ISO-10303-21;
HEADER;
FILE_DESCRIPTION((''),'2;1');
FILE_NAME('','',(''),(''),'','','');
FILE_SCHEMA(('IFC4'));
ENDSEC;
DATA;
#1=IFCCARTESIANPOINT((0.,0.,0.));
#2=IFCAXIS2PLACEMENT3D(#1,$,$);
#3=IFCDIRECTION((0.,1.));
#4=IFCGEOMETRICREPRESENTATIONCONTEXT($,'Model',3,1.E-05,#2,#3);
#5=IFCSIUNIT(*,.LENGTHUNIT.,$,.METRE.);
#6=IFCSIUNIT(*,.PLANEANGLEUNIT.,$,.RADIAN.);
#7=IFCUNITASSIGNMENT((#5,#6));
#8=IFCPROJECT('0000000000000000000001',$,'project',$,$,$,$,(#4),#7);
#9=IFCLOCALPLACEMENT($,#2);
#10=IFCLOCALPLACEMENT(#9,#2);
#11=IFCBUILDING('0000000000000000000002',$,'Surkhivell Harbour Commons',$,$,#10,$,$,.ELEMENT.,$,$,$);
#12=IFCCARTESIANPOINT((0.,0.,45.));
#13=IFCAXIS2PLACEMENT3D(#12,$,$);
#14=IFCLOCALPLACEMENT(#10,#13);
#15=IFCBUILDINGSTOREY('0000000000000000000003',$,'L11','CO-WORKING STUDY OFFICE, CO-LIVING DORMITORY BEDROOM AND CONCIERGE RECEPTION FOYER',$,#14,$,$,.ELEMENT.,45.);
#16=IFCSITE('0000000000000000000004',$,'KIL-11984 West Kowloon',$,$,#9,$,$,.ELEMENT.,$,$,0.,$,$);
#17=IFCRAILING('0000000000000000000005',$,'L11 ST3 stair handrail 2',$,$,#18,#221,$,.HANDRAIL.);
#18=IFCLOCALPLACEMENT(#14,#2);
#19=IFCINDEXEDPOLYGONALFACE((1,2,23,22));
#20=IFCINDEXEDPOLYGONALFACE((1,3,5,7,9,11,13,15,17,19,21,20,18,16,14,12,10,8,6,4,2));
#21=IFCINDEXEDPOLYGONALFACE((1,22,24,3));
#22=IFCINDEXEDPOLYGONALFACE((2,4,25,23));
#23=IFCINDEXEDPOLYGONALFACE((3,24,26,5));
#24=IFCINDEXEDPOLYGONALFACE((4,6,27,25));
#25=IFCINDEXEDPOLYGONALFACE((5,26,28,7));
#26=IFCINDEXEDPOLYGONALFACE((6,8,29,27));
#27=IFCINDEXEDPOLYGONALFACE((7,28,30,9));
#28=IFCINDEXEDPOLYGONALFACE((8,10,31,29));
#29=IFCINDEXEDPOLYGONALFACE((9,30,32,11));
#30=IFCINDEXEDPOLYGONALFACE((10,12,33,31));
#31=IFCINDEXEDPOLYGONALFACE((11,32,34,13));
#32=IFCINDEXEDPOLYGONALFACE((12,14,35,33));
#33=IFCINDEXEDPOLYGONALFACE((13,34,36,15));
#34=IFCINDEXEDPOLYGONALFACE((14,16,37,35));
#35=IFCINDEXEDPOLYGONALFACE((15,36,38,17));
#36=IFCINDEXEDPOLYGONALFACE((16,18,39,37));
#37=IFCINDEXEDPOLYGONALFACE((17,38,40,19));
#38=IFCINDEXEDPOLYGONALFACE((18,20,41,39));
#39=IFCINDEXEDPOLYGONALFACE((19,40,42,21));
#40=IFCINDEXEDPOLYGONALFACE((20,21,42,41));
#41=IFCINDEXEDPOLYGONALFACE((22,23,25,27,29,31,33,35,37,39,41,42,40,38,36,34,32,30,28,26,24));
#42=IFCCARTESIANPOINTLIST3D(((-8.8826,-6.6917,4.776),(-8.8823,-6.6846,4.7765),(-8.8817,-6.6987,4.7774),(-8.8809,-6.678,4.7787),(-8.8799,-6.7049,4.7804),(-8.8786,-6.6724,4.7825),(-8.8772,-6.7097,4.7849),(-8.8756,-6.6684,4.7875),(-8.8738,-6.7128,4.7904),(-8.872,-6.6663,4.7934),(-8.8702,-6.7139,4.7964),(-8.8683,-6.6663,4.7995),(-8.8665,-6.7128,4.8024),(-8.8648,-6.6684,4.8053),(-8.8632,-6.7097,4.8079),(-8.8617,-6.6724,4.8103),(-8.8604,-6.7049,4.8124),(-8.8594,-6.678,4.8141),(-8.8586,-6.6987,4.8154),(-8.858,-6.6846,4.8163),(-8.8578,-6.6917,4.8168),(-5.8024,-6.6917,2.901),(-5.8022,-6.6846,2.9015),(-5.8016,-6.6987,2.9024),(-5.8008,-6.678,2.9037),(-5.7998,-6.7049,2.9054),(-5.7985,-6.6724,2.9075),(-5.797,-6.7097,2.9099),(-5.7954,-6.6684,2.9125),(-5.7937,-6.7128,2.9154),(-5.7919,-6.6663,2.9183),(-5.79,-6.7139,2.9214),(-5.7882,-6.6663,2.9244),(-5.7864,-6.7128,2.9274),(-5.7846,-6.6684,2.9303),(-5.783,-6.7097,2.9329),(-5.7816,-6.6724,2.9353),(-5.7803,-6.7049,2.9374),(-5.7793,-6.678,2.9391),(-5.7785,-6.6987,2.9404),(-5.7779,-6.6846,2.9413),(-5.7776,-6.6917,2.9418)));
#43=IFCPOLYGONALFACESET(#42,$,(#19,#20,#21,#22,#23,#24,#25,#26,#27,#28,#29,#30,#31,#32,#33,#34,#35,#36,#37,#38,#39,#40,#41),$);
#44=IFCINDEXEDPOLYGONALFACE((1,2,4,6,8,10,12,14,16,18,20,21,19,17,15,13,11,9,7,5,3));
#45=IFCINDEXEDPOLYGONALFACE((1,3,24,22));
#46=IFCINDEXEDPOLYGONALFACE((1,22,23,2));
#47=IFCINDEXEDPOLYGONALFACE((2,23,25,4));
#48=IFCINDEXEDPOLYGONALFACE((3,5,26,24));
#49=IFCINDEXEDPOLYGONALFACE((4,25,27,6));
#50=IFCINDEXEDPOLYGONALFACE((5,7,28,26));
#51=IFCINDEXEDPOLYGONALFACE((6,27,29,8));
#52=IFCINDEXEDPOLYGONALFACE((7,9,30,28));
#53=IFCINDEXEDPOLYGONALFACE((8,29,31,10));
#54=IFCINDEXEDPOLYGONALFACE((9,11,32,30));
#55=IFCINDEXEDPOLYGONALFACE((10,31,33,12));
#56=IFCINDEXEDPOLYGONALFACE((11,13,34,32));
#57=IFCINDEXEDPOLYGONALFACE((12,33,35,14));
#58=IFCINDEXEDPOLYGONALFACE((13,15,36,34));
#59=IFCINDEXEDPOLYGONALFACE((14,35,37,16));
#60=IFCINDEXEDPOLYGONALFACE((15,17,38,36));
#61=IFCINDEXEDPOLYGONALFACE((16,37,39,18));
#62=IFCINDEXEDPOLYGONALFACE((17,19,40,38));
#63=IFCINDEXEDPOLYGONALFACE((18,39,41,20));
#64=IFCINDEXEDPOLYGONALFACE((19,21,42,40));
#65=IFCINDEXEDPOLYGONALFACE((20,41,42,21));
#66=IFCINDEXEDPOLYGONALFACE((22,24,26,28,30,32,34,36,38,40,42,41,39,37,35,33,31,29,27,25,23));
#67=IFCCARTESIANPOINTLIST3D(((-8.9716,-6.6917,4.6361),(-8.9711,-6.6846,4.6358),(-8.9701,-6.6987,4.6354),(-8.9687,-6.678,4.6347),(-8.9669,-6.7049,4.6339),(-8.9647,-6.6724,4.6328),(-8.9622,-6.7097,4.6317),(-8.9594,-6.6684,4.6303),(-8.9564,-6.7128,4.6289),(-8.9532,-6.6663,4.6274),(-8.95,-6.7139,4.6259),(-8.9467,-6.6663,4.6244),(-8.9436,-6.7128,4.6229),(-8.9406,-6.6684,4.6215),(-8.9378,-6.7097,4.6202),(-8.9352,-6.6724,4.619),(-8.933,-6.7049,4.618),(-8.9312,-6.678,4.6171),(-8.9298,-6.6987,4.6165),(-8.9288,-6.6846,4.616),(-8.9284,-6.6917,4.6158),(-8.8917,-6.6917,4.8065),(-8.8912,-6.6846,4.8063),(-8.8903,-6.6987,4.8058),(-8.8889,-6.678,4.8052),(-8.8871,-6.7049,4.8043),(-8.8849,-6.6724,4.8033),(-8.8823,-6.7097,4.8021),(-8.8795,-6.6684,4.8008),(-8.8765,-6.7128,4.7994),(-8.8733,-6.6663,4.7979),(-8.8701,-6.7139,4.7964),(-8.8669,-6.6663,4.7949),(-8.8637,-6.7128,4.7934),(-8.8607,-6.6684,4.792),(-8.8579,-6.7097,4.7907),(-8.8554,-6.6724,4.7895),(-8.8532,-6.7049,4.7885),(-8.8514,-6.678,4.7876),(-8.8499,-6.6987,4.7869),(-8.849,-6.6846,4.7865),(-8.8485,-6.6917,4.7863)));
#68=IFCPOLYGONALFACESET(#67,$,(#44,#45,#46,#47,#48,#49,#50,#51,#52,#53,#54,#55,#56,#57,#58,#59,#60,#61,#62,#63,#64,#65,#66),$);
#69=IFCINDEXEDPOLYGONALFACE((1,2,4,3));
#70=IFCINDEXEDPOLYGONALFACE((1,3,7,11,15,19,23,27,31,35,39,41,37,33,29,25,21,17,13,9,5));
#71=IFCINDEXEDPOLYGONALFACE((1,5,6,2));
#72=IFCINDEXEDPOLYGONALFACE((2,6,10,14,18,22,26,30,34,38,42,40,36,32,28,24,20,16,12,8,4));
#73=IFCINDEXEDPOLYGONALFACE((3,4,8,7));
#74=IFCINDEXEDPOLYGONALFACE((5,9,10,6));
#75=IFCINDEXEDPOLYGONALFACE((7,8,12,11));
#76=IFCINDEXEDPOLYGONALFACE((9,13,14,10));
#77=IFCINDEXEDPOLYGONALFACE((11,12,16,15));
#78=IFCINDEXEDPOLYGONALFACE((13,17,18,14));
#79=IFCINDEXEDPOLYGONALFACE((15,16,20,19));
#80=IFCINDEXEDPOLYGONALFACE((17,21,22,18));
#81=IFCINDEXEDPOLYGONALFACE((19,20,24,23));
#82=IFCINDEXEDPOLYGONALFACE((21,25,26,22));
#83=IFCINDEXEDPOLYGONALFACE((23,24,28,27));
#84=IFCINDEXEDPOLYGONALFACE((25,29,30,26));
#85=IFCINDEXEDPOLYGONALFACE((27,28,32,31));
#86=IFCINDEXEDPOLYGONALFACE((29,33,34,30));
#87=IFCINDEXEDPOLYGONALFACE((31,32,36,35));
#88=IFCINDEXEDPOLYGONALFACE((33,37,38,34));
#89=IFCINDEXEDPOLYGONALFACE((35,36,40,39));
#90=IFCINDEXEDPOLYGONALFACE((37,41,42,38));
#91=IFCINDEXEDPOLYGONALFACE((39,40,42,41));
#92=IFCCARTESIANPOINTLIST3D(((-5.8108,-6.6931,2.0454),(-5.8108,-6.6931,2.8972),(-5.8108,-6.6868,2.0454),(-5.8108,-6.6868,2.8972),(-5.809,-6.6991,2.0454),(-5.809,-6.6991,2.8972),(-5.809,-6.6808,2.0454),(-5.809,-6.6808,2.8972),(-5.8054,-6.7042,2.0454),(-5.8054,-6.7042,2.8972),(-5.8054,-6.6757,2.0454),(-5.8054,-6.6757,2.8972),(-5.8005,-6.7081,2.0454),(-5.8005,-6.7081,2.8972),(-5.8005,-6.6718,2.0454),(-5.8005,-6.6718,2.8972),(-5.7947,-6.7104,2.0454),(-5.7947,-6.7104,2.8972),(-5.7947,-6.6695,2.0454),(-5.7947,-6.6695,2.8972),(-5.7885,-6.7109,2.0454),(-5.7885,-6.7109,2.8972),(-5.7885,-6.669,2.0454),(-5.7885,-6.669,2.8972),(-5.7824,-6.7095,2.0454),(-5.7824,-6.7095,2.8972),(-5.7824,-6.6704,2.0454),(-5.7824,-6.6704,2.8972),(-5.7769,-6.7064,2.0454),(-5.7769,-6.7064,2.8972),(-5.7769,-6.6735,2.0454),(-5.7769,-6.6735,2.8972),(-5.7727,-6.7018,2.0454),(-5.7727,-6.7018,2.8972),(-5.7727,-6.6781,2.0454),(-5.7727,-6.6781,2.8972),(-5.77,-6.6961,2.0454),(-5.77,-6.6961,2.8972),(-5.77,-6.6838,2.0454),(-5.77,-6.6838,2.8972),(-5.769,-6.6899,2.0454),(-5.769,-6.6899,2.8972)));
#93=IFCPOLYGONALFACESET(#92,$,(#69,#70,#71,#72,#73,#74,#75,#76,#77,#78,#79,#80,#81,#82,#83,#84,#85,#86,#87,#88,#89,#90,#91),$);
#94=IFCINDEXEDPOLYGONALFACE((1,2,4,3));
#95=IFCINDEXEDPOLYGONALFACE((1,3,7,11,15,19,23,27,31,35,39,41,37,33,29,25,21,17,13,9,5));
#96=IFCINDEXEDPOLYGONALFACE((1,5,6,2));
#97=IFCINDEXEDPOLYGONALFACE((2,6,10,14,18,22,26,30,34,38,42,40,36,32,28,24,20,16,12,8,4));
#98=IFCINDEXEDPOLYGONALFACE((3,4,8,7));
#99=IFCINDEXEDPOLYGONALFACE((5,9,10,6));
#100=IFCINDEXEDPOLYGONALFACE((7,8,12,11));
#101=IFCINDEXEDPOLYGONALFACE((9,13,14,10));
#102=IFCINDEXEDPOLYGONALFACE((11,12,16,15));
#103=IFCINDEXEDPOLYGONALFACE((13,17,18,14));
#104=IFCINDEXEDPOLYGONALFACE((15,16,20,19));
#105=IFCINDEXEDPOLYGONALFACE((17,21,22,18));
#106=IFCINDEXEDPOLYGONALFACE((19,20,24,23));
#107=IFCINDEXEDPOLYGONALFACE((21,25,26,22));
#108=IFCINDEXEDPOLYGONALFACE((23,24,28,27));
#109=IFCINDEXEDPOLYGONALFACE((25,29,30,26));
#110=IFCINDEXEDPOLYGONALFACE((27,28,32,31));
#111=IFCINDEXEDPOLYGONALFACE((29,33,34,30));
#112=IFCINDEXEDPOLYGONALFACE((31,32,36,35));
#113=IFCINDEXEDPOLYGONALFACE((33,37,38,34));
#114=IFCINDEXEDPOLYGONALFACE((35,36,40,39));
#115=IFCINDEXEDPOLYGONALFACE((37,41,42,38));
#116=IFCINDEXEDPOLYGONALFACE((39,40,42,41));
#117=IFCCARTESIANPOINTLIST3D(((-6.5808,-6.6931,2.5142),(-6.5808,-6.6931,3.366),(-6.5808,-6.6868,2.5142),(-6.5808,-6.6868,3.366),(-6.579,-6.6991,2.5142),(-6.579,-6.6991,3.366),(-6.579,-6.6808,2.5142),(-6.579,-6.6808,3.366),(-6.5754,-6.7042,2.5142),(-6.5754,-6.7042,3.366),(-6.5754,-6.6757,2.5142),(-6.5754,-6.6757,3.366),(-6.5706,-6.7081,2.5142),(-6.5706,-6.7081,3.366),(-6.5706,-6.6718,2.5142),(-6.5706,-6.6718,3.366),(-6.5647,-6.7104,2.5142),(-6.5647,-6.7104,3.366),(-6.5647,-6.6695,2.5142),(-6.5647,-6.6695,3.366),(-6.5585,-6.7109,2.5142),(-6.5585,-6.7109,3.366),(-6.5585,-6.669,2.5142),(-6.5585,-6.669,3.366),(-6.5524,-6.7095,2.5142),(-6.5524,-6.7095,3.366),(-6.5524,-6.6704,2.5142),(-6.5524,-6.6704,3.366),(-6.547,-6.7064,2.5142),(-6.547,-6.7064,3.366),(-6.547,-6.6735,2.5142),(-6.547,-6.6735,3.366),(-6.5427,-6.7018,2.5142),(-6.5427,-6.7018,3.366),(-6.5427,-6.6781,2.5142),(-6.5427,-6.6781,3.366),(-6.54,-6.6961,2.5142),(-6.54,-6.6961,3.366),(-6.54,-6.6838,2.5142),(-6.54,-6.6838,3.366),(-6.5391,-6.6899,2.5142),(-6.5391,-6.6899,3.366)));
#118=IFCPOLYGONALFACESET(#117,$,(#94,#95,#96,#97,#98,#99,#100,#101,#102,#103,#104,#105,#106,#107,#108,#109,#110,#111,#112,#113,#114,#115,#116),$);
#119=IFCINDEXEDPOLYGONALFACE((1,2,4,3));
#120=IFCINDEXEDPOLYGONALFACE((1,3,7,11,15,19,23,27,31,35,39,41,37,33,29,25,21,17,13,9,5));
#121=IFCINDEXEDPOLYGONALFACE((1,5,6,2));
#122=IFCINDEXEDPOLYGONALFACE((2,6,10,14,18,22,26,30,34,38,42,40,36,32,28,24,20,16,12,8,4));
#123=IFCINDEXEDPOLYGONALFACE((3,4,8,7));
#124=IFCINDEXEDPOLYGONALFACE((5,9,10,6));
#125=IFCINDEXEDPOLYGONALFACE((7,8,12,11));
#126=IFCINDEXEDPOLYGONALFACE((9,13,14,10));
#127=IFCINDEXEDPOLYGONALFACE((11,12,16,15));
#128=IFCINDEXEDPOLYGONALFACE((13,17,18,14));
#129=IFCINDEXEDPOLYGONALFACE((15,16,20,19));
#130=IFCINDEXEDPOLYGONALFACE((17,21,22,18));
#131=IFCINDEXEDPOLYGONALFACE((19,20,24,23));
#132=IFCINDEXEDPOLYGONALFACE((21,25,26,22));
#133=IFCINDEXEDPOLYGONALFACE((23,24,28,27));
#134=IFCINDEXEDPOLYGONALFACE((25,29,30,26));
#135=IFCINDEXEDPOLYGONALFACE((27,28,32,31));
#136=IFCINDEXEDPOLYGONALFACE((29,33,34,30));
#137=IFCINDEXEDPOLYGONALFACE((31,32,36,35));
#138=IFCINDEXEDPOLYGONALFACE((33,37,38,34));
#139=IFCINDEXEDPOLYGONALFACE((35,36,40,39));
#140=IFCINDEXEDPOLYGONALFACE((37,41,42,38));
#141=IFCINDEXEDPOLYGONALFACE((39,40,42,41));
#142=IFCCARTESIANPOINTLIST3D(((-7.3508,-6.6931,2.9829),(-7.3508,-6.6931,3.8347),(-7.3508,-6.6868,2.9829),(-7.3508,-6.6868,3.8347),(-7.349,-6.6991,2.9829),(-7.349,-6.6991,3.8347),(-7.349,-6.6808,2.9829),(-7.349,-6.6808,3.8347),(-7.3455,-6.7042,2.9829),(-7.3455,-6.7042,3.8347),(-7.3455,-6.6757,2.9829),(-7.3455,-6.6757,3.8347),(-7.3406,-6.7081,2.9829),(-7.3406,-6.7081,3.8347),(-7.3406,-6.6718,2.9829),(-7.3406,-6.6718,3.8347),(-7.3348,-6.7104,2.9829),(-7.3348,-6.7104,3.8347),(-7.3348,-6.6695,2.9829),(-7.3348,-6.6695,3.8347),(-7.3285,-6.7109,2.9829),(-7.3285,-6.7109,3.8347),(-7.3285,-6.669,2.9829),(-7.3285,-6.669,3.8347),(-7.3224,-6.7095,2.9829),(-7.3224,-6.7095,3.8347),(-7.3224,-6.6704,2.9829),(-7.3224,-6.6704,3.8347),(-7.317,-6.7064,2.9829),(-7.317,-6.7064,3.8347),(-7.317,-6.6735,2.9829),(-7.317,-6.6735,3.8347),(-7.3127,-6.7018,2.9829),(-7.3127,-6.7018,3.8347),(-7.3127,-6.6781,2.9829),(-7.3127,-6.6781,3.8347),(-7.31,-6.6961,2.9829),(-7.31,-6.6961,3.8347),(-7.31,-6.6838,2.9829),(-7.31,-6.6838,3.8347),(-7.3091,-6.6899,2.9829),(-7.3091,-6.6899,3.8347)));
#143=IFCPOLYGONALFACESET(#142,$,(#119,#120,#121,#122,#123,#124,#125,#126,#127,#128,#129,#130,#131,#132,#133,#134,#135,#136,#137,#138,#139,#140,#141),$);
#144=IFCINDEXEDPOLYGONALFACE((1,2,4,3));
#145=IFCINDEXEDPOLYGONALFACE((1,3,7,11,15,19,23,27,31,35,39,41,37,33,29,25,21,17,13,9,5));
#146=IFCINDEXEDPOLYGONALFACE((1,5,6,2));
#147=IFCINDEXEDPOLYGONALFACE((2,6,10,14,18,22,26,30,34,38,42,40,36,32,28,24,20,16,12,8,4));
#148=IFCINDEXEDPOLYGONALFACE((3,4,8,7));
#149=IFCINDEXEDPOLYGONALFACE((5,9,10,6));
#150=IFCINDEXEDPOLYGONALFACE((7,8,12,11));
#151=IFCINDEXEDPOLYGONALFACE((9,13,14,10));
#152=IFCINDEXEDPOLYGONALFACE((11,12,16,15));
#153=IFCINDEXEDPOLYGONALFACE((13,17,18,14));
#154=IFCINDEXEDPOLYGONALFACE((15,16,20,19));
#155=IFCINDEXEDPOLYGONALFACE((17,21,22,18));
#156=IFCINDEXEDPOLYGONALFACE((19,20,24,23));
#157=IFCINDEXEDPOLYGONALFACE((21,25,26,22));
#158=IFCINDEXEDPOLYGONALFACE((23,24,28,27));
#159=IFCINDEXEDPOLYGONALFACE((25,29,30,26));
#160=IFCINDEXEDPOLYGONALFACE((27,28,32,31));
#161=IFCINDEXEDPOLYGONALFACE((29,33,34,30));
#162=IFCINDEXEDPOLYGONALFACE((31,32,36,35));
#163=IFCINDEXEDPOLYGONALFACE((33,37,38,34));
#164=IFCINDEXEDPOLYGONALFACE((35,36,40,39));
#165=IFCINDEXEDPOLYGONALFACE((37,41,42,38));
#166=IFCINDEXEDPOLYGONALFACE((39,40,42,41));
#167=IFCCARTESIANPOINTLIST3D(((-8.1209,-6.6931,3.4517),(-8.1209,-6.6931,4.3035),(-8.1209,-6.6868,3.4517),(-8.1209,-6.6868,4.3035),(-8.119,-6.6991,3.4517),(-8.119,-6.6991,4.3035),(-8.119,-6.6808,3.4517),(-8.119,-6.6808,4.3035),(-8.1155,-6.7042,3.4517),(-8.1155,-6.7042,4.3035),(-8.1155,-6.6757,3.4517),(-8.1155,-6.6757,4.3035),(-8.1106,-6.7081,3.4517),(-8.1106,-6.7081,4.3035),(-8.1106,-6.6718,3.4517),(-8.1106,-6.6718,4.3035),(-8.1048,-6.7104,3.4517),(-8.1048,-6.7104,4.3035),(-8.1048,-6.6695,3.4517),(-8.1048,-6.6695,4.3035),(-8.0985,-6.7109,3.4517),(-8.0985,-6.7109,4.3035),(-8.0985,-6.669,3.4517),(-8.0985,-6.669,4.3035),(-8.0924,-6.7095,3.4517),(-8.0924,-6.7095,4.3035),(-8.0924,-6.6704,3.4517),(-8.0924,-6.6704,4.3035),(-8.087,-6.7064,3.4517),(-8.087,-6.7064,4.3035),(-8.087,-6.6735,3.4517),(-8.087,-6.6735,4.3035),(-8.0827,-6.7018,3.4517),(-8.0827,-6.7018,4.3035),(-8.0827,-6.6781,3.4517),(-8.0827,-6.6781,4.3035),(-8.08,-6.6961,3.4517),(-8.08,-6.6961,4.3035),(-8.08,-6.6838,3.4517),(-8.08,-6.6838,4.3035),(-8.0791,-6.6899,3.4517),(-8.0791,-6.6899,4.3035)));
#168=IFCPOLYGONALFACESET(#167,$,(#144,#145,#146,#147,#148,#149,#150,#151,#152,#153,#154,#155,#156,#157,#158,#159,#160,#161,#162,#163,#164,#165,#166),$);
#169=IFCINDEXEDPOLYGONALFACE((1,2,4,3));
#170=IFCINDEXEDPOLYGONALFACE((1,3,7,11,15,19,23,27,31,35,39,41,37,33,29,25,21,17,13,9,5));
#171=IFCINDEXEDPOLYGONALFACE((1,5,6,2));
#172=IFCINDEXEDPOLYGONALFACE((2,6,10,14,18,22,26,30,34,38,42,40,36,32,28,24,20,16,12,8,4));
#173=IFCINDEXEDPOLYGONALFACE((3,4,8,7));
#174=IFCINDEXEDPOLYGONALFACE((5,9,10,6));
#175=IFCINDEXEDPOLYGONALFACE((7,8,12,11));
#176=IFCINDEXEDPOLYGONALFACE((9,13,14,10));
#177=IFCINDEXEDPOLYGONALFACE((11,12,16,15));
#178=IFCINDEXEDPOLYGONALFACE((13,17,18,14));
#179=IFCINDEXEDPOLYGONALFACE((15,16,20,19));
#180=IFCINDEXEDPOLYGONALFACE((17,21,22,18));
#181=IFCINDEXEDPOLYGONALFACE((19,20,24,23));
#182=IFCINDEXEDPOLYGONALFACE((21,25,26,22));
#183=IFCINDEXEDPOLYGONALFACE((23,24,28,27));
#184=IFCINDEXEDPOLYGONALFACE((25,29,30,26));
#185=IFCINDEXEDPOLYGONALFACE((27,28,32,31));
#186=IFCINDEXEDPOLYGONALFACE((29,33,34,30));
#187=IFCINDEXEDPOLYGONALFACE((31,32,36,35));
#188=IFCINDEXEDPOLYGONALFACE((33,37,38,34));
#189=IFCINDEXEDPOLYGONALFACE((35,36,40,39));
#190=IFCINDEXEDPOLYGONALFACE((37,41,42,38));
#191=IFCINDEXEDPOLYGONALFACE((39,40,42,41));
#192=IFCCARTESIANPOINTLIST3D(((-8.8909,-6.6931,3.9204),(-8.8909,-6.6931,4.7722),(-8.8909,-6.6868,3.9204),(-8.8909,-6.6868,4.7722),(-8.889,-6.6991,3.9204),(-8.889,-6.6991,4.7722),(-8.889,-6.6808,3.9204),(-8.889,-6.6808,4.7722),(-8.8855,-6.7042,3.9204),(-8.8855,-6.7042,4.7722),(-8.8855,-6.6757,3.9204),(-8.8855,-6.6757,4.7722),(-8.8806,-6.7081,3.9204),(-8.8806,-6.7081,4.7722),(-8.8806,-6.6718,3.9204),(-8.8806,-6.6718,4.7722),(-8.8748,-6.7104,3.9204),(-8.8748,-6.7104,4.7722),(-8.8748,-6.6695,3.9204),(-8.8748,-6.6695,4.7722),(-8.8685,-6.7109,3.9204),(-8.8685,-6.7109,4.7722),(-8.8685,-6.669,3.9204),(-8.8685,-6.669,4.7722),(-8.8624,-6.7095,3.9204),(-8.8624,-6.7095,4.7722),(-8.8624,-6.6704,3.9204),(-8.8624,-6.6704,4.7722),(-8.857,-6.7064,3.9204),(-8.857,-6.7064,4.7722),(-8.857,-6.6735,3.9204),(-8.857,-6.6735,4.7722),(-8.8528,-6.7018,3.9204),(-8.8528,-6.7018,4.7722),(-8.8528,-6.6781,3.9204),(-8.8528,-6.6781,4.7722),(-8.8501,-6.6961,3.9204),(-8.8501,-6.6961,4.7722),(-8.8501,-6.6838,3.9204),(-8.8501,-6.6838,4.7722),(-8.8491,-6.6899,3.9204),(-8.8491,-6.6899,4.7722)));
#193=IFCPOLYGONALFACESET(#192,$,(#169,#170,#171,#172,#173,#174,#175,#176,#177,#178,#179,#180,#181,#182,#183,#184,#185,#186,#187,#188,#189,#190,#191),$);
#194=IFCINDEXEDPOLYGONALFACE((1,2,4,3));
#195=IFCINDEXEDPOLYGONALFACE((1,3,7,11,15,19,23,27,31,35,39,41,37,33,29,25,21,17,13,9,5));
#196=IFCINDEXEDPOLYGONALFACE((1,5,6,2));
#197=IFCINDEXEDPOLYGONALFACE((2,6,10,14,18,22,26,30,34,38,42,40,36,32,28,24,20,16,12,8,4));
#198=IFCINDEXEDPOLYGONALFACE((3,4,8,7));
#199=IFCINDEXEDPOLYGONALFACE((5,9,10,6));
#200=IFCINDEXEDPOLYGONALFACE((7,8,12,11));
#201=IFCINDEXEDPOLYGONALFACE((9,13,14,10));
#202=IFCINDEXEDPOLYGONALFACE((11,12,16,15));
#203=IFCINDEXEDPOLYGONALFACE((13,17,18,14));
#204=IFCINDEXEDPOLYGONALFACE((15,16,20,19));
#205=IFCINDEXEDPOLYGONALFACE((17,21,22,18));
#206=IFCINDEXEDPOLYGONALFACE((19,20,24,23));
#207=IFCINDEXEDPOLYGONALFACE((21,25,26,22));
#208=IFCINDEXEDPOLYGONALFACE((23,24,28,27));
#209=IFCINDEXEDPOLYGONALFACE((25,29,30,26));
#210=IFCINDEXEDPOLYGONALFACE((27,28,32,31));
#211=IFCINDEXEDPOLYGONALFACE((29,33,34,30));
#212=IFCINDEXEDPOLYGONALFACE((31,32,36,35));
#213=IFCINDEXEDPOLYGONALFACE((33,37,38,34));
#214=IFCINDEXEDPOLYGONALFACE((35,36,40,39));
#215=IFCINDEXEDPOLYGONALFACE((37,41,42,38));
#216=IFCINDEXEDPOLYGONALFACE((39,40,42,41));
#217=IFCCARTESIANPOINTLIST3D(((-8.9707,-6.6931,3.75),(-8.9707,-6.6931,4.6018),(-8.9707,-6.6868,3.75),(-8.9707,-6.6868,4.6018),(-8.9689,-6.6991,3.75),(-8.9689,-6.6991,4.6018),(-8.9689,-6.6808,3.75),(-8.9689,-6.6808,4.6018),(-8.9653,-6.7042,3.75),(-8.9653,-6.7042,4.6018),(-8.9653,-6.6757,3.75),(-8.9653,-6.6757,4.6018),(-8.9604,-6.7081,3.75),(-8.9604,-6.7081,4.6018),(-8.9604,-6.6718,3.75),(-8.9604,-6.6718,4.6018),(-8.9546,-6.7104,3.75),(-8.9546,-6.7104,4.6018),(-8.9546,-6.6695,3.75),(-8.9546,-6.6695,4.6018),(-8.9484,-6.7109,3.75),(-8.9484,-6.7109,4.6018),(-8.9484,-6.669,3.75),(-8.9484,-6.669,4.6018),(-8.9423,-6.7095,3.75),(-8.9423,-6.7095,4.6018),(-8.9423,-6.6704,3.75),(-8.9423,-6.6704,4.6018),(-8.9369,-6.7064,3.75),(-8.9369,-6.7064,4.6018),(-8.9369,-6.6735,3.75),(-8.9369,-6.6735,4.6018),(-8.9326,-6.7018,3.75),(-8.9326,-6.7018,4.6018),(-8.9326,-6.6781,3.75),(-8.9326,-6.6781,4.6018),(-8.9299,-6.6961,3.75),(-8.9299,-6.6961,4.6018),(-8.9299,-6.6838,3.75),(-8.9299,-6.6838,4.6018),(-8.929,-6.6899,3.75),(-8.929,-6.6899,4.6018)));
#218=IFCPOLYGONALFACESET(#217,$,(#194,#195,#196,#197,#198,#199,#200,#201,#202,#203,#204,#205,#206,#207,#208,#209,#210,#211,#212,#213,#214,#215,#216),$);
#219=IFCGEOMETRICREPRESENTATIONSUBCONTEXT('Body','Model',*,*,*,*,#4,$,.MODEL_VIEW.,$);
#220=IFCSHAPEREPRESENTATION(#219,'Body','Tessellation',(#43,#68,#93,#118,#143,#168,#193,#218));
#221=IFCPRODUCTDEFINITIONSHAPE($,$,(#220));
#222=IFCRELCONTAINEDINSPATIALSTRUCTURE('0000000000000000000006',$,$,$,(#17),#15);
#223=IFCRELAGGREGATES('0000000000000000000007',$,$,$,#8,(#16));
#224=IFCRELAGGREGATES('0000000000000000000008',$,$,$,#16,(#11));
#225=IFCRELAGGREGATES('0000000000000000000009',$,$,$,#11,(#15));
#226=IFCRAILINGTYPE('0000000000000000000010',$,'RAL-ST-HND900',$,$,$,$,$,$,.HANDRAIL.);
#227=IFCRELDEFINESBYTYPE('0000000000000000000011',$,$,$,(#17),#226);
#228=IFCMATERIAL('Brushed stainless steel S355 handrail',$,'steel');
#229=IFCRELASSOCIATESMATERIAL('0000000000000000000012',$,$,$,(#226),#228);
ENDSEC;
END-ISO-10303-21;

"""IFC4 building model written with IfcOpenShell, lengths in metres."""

from ifc_helpers import new_model, si_unit, direction, frame, origin, origin_2d, place, context, subcontext, project, spatial, circle, extrude, material, type_object, element, save


model = new_model("IFC4")

# Units and contexts
model_context = context("Model", 3, precision=1e-05, world=origin(), true_north=direction((0.0, 1.0)))
body_context = subcontext(model_context, "Body", "Model", "MODEL_VIEW")
ifc_project = project(units=[si_unit("LENGTHUNIT", "METRE"), si_unit("PLANEANGLEUNIT", "RADIAN")], contexts=[model_context])

# Site, building, storey
site_placement = place(None, origin())
site = spatial("IfcSite", under=ifc_project, at=site_placement, Name="KIL-11984 West Kowloon", CompositionType="ELEMENT", RefElevation=0.0)
building_placement = place(site_placement, origin())
building = spatial("IfcBuilding", under=site, at=building_placement, Name="Surkhivell Harbour Commons", CompositionType="ELEMENT")
storey_placement = place(building_placement, frame((0.0, 0.0, 45.0)))
storey = spatial("IfcBuildingStorey", under=building, at=storey_placement, Name="L11", Description="CO-WORKING STUDY OFFICE, CO-LIVING DORMITORY BEDROOM AND CONCIERGE RECEPTION FOYER", CompositionType="ELEMENT", Elevation=45.0)

# Railing
ifc_material_1 = material(Name="Brushed stainless steel S355 handrail", Category="steel")
railing_type_1 = type_object("IfcRailingType", Name="RAL-ST-HND900", PredefinedType="HANDRAIL", material=ifc_material_1)
railing_1_placement = place(storey_placement, frame((-5.79, -6.6899, 2.0454)))
element("IfcRailing", 1, at=railing_1_placement, inside=storey, type_object=railing_type_1, Name="L11 ST3 stair handrail 2", PredefinedType="HANDRAIL", context=body_context, shape_type="SweptSolid", body=[
    extrude(circle(Radius=0.0239, at=origin_2d()), frame((0.0, 0.0, 0.876), z_axis=(-0.854178, 0.0, 0.519981), x_axis=(0.0, -1.0, 0.0)), (0.0, 0.0, 1.0), 3.606),
    extrude(circle(Radius=0.0239, at=origin_2d()), frame((-3.0801, 0.0, 2.751), z_axis=(-0.424234, 0.0, -0.905552), x_axis=(0.0, -1.0, 0.0)), (0.0, 0.0, 1.0), 0.1882),
    extrude(circle(Radius=0.021, at=origin_2d()), origin(), (0.0, 0.0, 1.0), 0.8518),
    extrude(circle(Radius=0.021, at=origin_2d()), frame((-0.77, 0.0, 0.4688)), (0.0, 0.0, 1.0), 0.8518),
    extrude(circle(Radius=0.021, at=origin_2d()), frame((-1.54, 0.0, 0.9375)), (0.0, 0.0, 1.0), 0.8518),
    extrude(circle(Radius=0.021, at=origin_2d()), frame((-2.3101, 0.0, 1.4062)), (0.0, 0.0, 1.0), 0.8518),
    extrude(circle(Radius=0.021, at=origin_2d()), frame((-3.0801, 0.0, 1.875)), (0.0, 0.0, 1.0), 0.8518),
    extrude(circle(Radius=0.021, at=origin_2d()), frame((-3.1599, 0.0, 1.7046)), (0.0, 0.0, 1.0), 0.8518),
])

save(model, "model.ifc")
